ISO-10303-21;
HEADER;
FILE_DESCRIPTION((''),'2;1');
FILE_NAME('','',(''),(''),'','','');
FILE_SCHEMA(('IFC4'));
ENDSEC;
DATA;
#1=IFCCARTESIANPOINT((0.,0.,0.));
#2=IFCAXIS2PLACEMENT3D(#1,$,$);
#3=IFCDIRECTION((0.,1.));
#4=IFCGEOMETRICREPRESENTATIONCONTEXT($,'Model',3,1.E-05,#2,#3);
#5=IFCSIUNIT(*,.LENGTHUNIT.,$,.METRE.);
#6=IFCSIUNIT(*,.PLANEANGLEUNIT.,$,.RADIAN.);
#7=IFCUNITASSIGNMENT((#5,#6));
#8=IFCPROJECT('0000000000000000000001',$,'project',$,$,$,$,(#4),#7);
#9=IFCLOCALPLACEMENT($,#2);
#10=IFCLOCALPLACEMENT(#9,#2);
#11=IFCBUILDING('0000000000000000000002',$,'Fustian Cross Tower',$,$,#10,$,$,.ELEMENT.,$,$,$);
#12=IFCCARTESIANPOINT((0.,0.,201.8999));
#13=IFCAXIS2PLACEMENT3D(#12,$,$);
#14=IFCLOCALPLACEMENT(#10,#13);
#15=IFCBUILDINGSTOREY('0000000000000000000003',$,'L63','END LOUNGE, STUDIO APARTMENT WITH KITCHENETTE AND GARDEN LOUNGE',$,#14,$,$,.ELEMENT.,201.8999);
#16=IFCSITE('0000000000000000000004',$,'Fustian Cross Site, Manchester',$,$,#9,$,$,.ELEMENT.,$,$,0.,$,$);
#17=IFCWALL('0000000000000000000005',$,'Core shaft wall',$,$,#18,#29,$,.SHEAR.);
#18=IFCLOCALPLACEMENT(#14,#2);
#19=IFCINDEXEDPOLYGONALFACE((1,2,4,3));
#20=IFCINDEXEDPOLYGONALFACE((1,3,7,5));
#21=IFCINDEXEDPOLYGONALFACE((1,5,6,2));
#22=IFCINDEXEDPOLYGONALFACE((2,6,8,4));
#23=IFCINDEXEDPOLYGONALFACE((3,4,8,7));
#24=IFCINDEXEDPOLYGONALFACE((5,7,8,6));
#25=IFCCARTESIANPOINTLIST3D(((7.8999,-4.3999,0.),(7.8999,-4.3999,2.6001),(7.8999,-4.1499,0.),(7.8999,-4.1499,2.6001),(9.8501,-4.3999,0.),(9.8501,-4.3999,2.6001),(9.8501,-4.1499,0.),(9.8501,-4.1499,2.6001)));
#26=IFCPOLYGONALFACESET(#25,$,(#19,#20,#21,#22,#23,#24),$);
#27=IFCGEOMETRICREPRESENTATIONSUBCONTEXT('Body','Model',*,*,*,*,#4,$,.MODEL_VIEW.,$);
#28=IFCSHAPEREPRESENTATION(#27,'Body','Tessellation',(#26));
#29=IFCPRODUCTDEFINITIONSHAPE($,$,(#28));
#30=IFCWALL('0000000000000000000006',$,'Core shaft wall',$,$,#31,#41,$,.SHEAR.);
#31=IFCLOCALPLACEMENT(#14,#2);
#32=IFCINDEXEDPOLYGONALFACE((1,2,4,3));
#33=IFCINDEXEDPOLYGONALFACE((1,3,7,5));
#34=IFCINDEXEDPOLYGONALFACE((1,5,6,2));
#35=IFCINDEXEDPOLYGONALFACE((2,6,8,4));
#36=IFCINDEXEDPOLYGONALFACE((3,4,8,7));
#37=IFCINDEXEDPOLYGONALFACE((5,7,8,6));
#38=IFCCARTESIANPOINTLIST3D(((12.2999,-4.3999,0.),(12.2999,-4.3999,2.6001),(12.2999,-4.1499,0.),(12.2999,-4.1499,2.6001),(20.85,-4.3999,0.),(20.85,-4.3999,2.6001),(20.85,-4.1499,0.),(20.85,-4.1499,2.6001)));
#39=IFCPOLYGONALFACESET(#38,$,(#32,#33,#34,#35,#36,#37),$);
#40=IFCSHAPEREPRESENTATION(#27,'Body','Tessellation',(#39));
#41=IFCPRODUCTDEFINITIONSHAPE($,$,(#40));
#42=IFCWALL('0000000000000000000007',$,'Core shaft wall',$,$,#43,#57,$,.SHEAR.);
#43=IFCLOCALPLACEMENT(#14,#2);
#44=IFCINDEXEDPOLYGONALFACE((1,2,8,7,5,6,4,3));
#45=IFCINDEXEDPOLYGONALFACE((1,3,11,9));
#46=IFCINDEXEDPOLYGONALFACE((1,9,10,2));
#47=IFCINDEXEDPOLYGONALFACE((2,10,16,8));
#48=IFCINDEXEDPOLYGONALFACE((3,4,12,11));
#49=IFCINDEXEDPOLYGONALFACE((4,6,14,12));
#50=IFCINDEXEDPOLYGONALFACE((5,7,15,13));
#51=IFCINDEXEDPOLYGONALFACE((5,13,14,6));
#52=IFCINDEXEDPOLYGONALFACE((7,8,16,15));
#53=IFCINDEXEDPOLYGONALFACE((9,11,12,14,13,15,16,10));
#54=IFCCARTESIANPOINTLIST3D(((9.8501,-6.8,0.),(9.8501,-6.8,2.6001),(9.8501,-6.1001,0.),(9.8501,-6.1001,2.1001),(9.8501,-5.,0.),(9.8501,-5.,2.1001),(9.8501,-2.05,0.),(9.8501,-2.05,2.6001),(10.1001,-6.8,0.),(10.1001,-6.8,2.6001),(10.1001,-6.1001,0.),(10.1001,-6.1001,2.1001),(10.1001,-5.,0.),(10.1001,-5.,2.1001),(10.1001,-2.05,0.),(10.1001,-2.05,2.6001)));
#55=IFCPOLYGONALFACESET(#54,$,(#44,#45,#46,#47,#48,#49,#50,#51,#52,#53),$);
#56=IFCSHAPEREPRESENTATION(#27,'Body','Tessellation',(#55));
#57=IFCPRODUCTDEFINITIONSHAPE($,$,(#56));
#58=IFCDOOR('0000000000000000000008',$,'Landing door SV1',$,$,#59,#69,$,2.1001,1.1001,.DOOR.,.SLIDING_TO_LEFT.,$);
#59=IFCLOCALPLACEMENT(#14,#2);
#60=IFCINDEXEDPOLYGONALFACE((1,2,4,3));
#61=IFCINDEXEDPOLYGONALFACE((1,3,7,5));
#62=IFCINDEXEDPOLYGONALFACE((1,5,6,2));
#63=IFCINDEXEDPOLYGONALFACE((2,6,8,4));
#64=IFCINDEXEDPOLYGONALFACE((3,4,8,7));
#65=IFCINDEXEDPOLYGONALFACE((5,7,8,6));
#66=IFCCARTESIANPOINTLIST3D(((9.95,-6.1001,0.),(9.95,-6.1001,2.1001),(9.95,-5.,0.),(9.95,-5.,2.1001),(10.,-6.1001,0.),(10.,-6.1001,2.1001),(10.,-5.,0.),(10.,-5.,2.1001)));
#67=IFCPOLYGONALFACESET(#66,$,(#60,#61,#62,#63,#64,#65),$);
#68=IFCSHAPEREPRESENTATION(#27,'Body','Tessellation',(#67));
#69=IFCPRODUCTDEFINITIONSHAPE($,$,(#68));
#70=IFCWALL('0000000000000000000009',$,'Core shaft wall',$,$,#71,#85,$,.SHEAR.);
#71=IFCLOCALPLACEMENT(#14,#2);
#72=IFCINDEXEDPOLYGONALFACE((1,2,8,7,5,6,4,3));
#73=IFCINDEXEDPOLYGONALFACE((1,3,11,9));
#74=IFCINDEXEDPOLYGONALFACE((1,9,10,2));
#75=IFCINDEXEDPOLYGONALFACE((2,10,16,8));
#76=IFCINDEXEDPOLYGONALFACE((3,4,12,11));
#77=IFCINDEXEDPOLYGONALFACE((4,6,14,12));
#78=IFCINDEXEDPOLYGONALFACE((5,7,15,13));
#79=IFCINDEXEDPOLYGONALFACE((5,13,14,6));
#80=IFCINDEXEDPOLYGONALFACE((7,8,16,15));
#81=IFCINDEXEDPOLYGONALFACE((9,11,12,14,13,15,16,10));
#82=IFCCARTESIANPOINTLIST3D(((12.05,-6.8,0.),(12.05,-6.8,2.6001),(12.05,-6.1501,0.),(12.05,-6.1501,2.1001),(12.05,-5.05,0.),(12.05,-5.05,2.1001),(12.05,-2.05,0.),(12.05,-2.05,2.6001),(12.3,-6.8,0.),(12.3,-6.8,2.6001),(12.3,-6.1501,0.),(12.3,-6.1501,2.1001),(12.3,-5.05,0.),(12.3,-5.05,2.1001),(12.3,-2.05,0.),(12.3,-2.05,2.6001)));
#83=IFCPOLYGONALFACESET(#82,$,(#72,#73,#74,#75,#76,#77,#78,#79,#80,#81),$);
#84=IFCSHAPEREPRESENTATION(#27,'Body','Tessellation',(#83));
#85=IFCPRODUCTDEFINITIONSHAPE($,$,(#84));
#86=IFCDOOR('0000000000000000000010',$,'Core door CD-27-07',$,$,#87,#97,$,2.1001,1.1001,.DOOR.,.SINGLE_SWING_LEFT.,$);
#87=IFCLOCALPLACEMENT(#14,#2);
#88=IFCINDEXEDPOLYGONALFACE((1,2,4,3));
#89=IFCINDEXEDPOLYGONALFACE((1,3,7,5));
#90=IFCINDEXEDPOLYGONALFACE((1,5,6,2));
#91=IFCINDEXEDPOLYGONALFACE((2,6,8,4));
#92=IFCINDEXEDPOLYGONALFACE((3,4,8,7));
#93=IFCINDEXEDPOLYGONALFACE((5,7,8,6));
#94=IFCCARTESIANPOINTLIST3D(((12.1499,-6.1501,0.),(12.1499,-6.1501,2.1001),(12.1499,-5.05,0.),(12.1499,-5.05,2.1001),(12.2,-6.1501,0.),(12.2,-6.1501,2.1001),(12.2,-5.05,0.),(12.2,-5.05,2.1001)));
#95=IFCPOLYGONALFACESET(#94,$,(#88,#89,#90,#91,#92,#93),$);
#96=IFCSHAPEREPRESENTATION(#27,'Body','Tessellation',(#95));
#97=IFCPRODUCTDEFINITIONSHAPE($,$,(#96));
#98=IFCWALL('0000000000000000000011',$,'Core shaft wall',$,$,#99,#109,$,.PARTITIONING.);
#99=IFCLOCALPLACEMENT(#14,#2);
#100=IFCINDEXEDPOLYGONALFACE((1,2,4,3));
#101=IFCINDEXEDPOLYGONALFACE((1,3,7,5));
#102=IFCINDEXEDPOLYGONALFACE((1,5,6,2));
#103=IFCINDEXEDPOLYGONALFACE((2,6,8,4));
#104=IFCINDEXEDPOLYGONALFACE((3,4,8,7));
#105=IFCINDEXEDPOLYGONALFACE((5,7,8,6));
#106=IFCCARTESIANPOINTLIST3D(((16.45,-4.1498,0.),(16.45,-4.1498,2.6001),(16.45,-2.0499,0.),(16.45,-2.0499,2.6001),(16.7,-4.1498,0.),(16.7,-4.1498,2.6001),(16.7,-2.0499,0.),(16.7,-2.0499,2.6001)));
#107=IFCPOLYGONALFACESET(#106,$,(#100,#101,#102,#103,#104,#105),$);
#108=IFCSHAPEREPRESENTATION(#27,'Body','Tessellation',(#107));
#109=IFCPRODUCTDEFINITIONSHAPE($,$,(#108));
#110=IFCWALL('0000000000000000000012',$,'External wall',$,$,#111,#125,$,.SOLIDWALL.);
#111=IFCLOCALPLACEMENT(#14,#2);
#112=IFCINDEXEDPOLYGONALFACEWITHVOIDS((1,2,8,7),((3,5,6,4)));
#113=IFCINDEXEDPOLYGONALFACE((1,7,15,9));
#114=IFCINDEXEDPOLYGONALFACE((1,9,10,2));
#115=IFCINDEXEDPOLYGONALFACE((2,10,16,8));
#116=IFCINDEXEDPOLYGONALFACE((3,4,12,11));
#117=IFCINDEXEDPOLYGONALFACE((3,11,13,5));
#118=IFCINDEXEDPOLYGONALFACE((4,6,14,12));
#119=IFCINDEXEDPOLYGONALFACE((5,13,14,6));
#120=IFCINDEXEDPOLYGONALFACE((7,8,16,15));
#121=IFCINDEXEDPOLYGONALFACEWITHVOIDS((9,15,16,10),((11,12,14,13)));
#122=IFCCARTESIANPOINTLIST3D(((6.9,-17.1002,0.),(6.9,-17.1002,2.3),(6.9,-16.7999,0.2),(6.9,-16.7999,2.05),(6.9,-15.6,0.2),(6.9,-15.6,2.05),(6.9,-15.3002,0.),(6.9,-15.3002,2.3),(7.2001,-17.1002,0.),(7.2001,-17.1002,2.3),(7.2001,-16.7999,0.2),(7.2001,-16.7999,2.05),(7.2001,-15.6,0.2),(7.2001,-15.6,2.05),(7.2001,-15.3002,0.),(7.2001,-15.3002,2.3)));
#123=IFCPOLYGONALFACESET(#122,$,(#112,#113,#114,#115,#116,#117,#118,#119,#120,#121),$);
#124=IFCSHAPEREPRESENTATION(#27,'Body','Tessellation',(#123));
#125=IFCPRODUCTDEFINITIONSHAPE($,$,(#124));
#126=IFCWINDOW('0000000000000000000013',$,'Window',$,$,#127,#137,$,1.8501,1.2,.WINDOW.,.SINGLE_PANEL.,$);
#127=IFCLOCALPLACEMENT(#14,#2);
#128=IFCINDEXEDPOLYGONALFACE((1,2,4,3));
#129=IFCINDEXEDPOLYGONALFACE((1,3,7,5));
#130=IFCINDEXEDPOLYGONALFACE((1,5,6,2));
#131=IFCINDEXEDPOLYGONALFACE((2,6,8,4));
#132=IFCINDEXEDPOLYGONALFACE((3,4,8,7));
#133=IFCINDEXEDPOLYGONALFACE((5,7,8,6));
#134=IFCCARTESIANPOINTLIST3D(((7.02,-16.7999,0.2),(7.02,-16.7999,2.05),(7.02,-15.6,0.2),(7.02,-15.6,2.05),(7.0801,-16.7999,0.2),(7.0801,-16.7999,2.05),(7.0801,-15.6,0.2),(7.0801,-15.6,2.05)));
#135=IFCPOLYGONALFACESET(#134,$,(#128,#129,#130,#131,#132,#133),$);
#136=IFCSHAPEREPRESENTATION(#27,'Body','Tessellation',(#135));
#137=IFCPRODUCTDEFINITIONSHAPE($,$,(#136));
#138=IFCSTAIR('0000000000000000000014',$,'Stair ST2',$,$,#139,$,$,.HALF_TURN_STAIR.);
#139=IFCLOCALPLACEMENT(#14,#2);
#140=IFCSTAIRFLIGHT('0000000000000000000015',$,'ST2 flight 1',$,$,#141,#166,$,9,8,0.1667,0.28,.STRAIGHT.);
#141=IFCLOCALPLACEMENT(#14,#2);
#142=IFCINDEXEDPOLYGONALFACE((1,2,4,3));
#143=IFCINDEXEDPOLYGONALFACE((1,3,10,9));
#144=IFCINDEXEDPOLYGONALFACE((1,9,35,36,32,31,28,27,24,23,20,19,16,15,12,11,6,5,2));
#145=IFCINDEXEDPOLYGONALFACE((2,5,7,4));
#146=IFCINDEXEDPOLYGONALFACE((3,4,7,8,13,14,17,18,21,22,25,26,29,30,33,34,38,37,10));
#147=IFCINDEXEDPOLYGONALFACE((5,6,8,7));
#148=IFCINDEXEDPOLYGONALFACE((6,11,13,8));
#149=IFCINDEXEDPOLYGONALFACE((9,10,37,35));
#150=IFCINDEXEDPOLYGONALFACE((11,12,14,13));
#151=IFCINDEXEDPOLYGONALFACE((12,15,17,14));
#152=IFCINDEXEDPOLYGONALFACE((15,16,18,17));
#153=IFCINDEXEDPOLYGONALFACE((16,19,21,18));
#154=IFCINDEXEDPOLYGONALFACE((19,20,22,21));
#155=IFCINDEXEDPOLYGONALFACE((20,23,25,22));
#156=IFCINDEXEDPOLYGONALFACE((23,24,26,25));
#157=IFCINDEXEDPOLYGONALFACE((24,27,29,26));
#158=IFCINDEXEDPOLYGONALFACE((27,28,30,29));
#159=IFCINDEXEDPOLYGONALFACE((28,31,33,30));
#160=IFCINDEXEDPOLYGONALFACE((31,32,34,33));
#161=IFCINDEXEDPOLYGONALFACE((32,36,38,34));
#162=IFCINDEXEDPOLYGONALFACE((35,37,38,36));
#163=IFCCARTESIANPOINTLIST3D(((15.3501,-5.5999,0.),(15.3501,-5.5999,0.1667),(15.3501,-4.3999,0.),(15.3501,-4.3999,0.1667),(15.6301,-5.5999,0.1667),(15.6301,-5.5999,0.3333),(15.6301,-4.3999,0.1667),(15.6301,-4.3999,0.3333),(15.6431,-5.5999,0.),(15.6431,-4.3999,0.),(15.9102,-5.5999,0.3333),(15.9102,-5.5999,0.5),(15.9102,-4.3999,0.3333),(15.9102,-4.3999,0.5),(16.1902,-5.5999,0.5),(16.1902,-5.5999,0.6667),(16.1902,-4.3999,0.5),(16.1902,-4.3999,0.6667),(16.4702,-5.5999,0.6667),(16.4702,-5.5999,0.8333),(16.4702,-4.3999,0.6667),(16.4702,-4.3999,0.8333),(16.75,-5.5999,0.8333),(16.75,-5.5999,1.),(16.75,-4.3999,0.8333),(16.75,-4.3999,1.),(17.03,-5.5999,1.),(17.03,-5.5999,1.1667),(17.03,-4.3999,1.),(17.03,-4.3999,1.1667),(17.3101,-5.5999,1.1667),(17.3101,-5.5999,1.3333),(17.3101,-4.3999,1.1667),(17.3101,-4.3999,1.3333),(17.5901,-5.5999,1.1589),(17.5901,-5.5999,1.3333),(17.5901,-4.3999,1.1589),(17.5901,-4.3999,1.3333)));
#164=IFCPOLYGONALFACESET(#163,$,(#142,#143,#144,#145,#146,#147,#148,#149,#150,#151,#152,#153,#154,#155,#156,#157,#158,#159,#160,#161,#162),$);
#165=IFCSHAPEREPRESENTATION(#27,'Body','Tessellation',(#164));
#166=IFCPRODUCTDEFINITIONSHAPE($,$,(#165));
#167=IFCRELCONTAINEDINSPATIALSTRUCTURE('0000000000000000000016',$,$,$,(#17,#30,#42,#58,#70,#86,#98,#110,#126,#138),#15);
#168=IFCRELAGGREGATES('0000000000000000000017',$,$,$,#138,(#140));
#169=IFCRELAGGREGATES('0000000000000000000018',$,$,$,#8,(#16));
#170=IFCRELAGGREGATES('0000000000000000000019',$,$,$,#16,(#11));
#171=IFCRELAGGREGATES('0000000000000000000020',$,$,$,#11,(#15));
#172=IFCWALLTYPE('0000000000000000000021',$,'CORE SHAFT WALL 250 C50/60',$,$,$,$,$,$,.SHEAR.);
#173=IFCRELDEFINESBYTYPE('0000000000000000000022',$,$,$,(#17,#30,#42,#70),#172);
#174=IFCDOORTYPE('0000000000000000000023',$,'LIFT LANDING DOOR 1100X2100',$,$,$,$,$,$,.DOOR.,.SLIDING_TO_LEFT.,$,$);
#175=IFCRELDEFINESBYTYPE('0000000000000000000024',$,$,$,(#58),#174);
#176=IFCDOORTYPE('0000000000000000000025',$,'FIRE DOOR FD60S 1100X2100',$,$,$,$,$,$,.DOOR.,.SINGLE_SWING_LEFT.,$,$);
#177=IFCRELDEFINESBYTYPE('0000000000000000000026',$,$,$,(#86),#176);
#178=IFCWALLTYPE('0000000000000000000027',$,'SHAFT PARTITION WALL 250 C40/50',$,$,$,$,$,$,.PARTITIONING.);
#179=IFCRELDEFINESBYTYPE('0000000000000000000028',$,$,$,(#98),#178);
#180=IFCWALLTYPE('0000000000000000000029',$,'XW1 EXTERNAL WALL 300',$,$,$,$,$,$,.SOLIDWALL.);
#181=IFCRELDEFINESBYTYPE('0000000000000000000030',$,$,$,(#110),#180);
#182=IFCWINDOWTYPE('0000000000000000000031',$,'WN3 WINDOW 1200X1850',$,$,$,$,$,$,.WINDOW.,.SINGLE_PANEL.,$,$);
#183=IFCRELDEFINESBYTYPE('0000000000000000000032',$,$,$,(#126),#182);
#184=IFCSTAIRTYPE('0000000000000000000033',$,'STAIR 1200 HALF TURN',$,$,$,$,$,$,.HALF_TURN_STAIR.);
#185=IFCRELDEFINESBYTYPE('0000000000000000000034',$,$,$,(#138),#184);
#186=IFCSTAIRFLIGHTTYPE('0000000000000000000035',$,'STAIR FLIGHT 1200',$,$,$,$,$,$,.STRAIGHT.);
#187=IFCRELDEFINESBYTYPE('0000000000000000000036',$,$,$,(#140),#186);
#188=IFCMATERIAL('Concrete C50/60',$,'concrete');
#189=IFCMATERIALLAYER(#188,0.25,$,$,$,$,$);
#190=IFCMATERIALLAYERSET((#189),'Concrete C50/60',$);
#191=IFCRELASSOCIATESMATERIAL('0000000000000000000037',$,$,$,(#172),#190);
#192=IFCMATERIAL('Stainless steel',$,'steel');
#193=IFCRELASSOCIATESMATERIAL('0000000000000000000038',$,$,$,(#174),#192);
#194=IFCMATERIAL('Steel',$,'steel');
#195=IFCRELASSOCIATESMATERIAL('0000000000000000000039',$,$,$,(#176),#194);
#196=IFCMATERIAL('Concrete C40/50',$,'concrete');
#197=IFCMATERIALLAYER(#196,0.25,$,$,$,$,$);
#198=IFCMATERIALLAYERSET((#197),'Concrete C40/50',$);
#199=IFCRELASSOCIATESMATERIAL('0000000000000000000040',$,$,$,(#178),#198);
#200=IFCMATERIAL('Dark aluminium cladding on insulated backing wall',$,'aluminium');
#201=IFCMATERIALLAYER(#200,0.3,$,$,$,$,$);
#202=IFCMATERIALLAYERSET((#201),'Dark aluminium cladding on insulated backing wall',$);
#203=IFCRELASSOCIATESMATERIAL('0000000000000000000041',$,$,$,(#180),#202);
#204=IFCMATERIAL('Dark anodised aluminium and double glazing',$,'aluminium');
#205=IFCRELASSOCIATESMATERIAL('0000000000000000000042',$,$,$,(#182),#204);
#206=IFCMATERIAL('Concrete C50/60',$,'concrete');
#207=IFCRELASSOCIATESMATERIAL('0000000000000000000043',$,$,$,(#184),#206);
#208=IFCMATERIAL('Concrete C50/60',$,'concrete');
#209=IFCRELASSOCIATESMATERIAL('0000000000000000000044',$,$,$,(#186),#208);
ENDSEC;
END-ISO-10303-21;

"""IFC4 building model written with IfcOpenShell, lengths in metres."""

from ifc_helpers import new_model, si_unit, direction, frame, frame_2d, origin, place, context, subcontext, project, spatial, polyline, rectangle, outline, extrude, material, layer, layer_set, type_object, element, fill, aggregate, save


model = new_model("IFC4")

# Units and contexts
model_context = context("Model", 3, precision=1e-05, world=origin(), true_north=direction((0.0, 1.0)))
body_context = subcontext(model_context, "Body", "Model", "MODEL_VIEW")
ifc_project = project(units=[si_unit("LENGTHUNIT", "METRE"), si_unit("PLANEANGLEUNIT", "RADIAN")], contexts=[model_context])

# Site, building, storey
site_placement = place(None, origin())
site = spatial("IfcSite", under=ifc_project, at=site_placement, Name="Fustian Cross Site, Manchester", CompositionType="ELEMENT", RefElevation=0.0)
building_placement = place(site_placement, origin())
building = spatial("IfcBuilding", under=site, at=building_placement, Name="Fustian Cross Tower", CompositionType="ELEMENT")
storey_placement = place(building_placement, frame((0.0, 0.0, 201.8999)))
storey = spatial("IfcBuildingStorey", under=building, at=storey_placement, Name="L63", Description="END LOUNGE, STUDIO APARTMENT WITH KITCHENETTE AND GARDEN LOUNGE", CompositionType="ELEMENT", Elevation=201.8999)

# Walls
ifc_material_1 = material(Name="Concrete C50/60", Category="concrete")
ifc_layer_1 = layer(ifc_material_1, 0.25)
ifc_layer_set_1 = layer_set([ifc_layer_1], Name="Concrete C50/60")
wall_type_1 = type_object("IfcWallType", Name="CORE SHAFT WALL 250 C50/60", PredefinedType="SHEAR", material=ifc_layer_set_1)
wall_1_placement = place(storey_placement, frame((7.8999, -4.2749, 0.0), z_axis=(0.0, 0.0, 1.0), x_axis=(1.0, 0.0, 0.0)))
element("IfcWall", 1, at=wall_1_placement, inside=storey, type_object=wall_type_1, Name="Core shaft wall", PredefinedType="SHEAR", context=body_context, shape_type="SweptSolid", body=[
    extrude(rectangle(XDim=1.9502, YDim=0.25, at=frame_2d((0.9751, 0.0))), origin(), (0.0, 0.0, 1.0), 2.6001),
])
wall_2_placement = place(storey_placement, frame((12.3, -4.2749, 0.0), z_axis=(0.0, 0.0, 1.0), x_axis=(1.0, 0.0, 0.0)))
element("IfcWall", 2, at=wall_2_placement, inside=storey, type_object=wall_type_1, Name="Core shaft wall", PredefinedType="SHEAR", context=body_context, shape_type="SweptSolid", body=[
    extrude(rectangle(XDim=8.55, YDim=0.25, at=frame_2d((4.2749, 0.0))), origin(), (0.0, 0.0, 1.0), 2.6001),
])

# Walls, openings, doors
wall_3_placement = place(storey_placement, frame((9.9751, -2.05, 0.0), z_axis=(0.0, 0.0, 1.0), x_axis=(0.0, -1.0, 0.0)))
wall_3 = element("IfcWall", 3, at=wall_3_placement, inside=storey, type_object=wall_type_1, Name="Core shaft wall", PredefinedType="SHEAR", context=body_context, shape_type="SweptSolid", body=[
    extrude(rectangle(XDim=4.75, YDim=0.25, at=frame_2d((2.375, 0.0))), origin(), (0.0, 0.0, 1.0), 2.6001),
])
opening_1_placement = place(wall_3_placement, frame((2.95, 0.0, 0.0)))
opening_1 = element("IfcOpeningElement", 4, at=opening_1_placement, cuts=wall_3, PredefinedType="OPENING", context=body_context, shape_type="SweptSolid", body=[
    extrude(rectangle(XDim=1.1001, YDim=2.1001, at=frame_2d((0.55, 1.05))), frame((0.0, 0.135, 0.0), z_axis=(0.0, -1.0, 0.0), x_axis=(1.0, 0.0, 0.0)), (0.0, 0.0, 1.0), 0.27),
])
ifc_material_2 = material(Name="Stainless steel", Category="steel")
door_type_1 = type_object("IfcDoorType", Name="LIFT LANDING DOOR 1100X2100", OperationType="SLIDING_TO_LEFT", PredefinedType="DOOR", material=ifc_material_2)
door_1_placement = place(opening_1_placement, origin())
door_1 = element("IfcDoor", 5, at=door_1_placement, inside=storey, type_object=door_type_1, Name="Landing door SV1", OperationType="SLIDING_TO_LEFT", OverallHeight=2.1001, OverallWidth=1.1001, PredefinedType="DOOR", context=body_context, shape_type="SweptSolid", body=[
    extrude(rectangle(XDim=1.1001, YDim=2.1001, at=frame_2d((0.55, 1.05))), frame((0.0, 0.0249, 0.0), z_axis=(0.0, -1.0, 0.0), x_axis=(1.0, 0.0, 0.0)), (0.0, 0.0, 1.0), 0.05),
])
fill(opening_1, door_1)
wall_4_placement = place(storey_placement, frame((12.175, -2.05, 0.0), z_axis=(0.0, 0.0, 1.0), x_axis=(0.0, -1.0, 0.0)))
wall_4 = element("IfcWall", 6, at=wall_4_placement, inside=storey, type_object=wall_type_1, Name="Core shaft wall", PredefinedType="SHEAR", context=body_context, shape_type="SweptSolid", body=[
    extrude(rectangle(XDim=4.75, YDim=0.25, at=frame_2d((2.375, 0.0))), origin(), (0.0, 0.0, 1.0), 2.6001),
])
opening_2_placement = place(wall_4_placement, frame((3.0, 0.0, 0.0)))
opening_2 = element("IfcOpeningElement", 7, at=opening_2_placement, cuts=wall_4, PredefinedType="OPENING", context=body_context, shape_type="SweptSolid", body=[
    extrude(rectangle(XDim=1.1001, YDim=2.1001, at=frame_2d((0.55, 1.05))), frame((0.0, 0.135, 0.0), z_axis=(0.0, -1.0, 0.0), x_axis=(1.0, 0.0, 0.0)), (0.0, 0.0, 1.0), 0.27),
])
ifc_material_3 = material(Name="Steel", Category="steel")
door_type_2 = type_object("IfcDoorType", Name="FIRE DOOR FD60S 1100X2100", OperationType="SINGLE_SWING_LEFT", PredefinedType="DOOR", material=ifc_material_3)
door_2_placement = place(opening_2_placement, origin())
door_2 = element("IfcDoor", 8, at=door_2_placement, inside=storey, type_object=door_type_2, Name="Core door CD-27-07", OperationType="SINGLE_SWING_LEFT", OverallHeight=2.1001, OverallWidth=1.1001, PredefinedType="DOOR", context=body_context, shape_type="SweptSolid", body=[
    extrude(rectangle(XDim=1.1001, YDim=2.1001, at=frame_2d((0.55, 1.05))), frame((0.0, 0.0249, 0.0), z_axis=(0.0, -1.0, 0.0), x_axis=(1.0, 0.0, 0.0)), (0.0, 0.0, 1.0), 0.05),
])
fill(opening_2, door_2)

# Wall
ifc_material_4 = material(Name="Concrete C40/50", Category="concrete")
ifc_layer_2 = layer(ifc_material_4, 0.25)
ifc_layer_set_2 = layer_set([ifc_layer_2], Name="Concrete C40/50")
wall_type_2 = type_object("IfcWallType", Name="SHAFT PARTITION WALL 250 C40/50", PredefinedType="PARTITIONING", material=ifc_layer_set_2)
wall_5_placement = place(storey_placement, frame((16.575, -2.05, 0.0), z_axis=(0.0, 0.0, 1.0), x_axis=(0.0, -1.0, 0.0)))
element("IfcWall", 9, at=wall_5_placement, inside=storey, type_object=wall_type_2, Name="Core shaft wall", PredefinedType="PARTITIONING", context=body_context, shape_type="SweptSolid", body=[
    extrude(rectangle(XDim=2.0999, YDim=0.25, at=frame_2d((1.0498, 0.0))), origin(), (0.0, 0.0, 1.0), 2.6001),
])

# Wall, opening, window
ifc_material_5 = material(Name="Dark aluminium cladding on insulated backing wall", Category="aluminium")
ifc_layer_3 = layer(ifc_material_5, 0.3)
ifc_layer_set_3 = layer_set([ifc_layer_3], Name="Dark aluminium cladding on insulated backing wall")
wall_type_3 = type_object("IfcWallType", Name="XW1 EXTERNAL WALL 300", PredefinedType="SOLIDWALL", material=ifc_layer_set_3)
wall_6_placement = place(storey_placement, frame((7.05, -17.1001, 0.0), z_axis=(0.0, 0.0, 1.0), x_axis=(0.0, 1.0, 0.0)))
wall_6 = element("IfcWall", 10, at=wall_6_placement, inside=storey, type_object=wall_type_3, Name="External wall", PredefinedType="SOLIDWALL", context=body_context, shape_type="SweptSolid", body=[
    extrude(rectangle(XDim=1.8, YDim=0.3, at=frame_2d((0.8999, 0.0))), origin(), (0.0, 0.0, 1.0), 2.3),
])
opening_3_placement = place(wall_6_placement, frame((0.3, 0.0, 0.2)))
opening_3 = element("IfcOpeningElement", 11, at=opening_3_placement, cuts=wall_6, PredefinedType="OPENING", context=body_context, shape_type="SweptSolid", body=[
    extrude(rectangle(XDim=1.2, YDim=1.8501, at=frame_2d((0.6001, 0.925))), frame((0.0, 0.1599, 0.0), z_axis=(0.0, -1.0, 0.0), x_axis=(1.0, 0.0, 0.0)), (0.0, 0.0, 1.0), 0.3201),
])
ifc_material_6 = material(Name="Dark anodised aluminium and double glazing", Category="aluminium")
window_type = type_object("IfcWindowType", Name="WN3 WINDOW 1200X1850", PartitioningType="SINGLE_PANEL", PredefinedType="WINDOW", material=ifc_material_6)
window_placement = place(opening_3_placement, origin())
window = element("IfcWindow", 12, at=window_placement, inside=storey, type_object=window_type, Name="Window", OverallHeight=1.8501, OverallWidth=1.2, PartitioningType="SINGLE_PANEL", PredefinedType="WINDOW", context=body_context, shape_type="SweptSolid", body=[
    extrude(rectangle(XDim=1.2, YDim=1.8501, at=frame_2d((0.6001, 0.925))), frame((0.0, 0.03, 0.0), z_axis=(0.0, -1.0, 0.0), x_axis=(1.0, 0.0, 0.0)), (0.0, 0.0, 1.0), 0.0601),
])
fill(opening_3, window)

# Stair, stair flight
ifc_material_7 = material(Name="Concrete C50/60", Category="concrete")
stair_type = type_object("IfcStairType", Name="STAIR 1200 HALF TURN", PredefinedType="HALF_TURN_STAIR", material=ifc_material_7)
stair_placement = place(storey_placement, origin())
stair = element("IfcStair", 13, at=stair_placement, inside=storey, type_object=stair_type, Name="Stair ST2", PredefinedType="HALF_TURN_STAIR")
ifc_material_8 = material(Name="Concrete C50/60", Category="concrete")
stair_flight_type = type_object("IfcStairFlightType", Name="STAIR FLIGHT 1200", PredefinedType="STRAIGHT", material=ifc_material_8)
stair_flight_1_placement = place(storey_placement, frame((15.3501, -5.0, 0.0), z_axis=(0.0, 0.0, 1.0), x_axis=(1.0, 0.0, 0.0)))
stair_flight_1 = element("IfcStairFlight", 14, at=stair_flight_1_placement, type_object=stair_flight_type, Name="ST2 flight 1", NumberOfRisers=9, NumberOfTreads=8, PredefinedType="STRAIGHT", RiserHeight=0.1667, TreadLength=0.28, context=body_context, shape_type="SweptSolid", body=[
    extrude(outline(polyline([(0.0, 0.0), (0.0, 0.1667), (0.28, 0.1667), (0.28, 0.3333), (0.5601, 0.3333), (0.5601, 0.5), (0.8401, 0.5), (0.8401, 0.6667), (1.1201, 0.6667), (1.1201, 0.8333), (1.3999, 0.8333), (1.3999, 1.0), (1.6799, 1.0), (1.6799, 1.1667), (1.96, 1.1667), (1.96, 1.3333), (2.24, 1.3333), (2.24, 1.5), (2.24, 1.1589), (0.293, 0.0), (0.0, 0.0)])), frame((0.0, 0.6001, 0.0), z_axis=(0.0, -1.0, 0.0), x_axis=(1.0, 0.0, 0.0)), (0.0, 0.0, 1.0), 1.2),
])
aggregate(stair, [stair_flight_1])

save(model, "model.ifc")
